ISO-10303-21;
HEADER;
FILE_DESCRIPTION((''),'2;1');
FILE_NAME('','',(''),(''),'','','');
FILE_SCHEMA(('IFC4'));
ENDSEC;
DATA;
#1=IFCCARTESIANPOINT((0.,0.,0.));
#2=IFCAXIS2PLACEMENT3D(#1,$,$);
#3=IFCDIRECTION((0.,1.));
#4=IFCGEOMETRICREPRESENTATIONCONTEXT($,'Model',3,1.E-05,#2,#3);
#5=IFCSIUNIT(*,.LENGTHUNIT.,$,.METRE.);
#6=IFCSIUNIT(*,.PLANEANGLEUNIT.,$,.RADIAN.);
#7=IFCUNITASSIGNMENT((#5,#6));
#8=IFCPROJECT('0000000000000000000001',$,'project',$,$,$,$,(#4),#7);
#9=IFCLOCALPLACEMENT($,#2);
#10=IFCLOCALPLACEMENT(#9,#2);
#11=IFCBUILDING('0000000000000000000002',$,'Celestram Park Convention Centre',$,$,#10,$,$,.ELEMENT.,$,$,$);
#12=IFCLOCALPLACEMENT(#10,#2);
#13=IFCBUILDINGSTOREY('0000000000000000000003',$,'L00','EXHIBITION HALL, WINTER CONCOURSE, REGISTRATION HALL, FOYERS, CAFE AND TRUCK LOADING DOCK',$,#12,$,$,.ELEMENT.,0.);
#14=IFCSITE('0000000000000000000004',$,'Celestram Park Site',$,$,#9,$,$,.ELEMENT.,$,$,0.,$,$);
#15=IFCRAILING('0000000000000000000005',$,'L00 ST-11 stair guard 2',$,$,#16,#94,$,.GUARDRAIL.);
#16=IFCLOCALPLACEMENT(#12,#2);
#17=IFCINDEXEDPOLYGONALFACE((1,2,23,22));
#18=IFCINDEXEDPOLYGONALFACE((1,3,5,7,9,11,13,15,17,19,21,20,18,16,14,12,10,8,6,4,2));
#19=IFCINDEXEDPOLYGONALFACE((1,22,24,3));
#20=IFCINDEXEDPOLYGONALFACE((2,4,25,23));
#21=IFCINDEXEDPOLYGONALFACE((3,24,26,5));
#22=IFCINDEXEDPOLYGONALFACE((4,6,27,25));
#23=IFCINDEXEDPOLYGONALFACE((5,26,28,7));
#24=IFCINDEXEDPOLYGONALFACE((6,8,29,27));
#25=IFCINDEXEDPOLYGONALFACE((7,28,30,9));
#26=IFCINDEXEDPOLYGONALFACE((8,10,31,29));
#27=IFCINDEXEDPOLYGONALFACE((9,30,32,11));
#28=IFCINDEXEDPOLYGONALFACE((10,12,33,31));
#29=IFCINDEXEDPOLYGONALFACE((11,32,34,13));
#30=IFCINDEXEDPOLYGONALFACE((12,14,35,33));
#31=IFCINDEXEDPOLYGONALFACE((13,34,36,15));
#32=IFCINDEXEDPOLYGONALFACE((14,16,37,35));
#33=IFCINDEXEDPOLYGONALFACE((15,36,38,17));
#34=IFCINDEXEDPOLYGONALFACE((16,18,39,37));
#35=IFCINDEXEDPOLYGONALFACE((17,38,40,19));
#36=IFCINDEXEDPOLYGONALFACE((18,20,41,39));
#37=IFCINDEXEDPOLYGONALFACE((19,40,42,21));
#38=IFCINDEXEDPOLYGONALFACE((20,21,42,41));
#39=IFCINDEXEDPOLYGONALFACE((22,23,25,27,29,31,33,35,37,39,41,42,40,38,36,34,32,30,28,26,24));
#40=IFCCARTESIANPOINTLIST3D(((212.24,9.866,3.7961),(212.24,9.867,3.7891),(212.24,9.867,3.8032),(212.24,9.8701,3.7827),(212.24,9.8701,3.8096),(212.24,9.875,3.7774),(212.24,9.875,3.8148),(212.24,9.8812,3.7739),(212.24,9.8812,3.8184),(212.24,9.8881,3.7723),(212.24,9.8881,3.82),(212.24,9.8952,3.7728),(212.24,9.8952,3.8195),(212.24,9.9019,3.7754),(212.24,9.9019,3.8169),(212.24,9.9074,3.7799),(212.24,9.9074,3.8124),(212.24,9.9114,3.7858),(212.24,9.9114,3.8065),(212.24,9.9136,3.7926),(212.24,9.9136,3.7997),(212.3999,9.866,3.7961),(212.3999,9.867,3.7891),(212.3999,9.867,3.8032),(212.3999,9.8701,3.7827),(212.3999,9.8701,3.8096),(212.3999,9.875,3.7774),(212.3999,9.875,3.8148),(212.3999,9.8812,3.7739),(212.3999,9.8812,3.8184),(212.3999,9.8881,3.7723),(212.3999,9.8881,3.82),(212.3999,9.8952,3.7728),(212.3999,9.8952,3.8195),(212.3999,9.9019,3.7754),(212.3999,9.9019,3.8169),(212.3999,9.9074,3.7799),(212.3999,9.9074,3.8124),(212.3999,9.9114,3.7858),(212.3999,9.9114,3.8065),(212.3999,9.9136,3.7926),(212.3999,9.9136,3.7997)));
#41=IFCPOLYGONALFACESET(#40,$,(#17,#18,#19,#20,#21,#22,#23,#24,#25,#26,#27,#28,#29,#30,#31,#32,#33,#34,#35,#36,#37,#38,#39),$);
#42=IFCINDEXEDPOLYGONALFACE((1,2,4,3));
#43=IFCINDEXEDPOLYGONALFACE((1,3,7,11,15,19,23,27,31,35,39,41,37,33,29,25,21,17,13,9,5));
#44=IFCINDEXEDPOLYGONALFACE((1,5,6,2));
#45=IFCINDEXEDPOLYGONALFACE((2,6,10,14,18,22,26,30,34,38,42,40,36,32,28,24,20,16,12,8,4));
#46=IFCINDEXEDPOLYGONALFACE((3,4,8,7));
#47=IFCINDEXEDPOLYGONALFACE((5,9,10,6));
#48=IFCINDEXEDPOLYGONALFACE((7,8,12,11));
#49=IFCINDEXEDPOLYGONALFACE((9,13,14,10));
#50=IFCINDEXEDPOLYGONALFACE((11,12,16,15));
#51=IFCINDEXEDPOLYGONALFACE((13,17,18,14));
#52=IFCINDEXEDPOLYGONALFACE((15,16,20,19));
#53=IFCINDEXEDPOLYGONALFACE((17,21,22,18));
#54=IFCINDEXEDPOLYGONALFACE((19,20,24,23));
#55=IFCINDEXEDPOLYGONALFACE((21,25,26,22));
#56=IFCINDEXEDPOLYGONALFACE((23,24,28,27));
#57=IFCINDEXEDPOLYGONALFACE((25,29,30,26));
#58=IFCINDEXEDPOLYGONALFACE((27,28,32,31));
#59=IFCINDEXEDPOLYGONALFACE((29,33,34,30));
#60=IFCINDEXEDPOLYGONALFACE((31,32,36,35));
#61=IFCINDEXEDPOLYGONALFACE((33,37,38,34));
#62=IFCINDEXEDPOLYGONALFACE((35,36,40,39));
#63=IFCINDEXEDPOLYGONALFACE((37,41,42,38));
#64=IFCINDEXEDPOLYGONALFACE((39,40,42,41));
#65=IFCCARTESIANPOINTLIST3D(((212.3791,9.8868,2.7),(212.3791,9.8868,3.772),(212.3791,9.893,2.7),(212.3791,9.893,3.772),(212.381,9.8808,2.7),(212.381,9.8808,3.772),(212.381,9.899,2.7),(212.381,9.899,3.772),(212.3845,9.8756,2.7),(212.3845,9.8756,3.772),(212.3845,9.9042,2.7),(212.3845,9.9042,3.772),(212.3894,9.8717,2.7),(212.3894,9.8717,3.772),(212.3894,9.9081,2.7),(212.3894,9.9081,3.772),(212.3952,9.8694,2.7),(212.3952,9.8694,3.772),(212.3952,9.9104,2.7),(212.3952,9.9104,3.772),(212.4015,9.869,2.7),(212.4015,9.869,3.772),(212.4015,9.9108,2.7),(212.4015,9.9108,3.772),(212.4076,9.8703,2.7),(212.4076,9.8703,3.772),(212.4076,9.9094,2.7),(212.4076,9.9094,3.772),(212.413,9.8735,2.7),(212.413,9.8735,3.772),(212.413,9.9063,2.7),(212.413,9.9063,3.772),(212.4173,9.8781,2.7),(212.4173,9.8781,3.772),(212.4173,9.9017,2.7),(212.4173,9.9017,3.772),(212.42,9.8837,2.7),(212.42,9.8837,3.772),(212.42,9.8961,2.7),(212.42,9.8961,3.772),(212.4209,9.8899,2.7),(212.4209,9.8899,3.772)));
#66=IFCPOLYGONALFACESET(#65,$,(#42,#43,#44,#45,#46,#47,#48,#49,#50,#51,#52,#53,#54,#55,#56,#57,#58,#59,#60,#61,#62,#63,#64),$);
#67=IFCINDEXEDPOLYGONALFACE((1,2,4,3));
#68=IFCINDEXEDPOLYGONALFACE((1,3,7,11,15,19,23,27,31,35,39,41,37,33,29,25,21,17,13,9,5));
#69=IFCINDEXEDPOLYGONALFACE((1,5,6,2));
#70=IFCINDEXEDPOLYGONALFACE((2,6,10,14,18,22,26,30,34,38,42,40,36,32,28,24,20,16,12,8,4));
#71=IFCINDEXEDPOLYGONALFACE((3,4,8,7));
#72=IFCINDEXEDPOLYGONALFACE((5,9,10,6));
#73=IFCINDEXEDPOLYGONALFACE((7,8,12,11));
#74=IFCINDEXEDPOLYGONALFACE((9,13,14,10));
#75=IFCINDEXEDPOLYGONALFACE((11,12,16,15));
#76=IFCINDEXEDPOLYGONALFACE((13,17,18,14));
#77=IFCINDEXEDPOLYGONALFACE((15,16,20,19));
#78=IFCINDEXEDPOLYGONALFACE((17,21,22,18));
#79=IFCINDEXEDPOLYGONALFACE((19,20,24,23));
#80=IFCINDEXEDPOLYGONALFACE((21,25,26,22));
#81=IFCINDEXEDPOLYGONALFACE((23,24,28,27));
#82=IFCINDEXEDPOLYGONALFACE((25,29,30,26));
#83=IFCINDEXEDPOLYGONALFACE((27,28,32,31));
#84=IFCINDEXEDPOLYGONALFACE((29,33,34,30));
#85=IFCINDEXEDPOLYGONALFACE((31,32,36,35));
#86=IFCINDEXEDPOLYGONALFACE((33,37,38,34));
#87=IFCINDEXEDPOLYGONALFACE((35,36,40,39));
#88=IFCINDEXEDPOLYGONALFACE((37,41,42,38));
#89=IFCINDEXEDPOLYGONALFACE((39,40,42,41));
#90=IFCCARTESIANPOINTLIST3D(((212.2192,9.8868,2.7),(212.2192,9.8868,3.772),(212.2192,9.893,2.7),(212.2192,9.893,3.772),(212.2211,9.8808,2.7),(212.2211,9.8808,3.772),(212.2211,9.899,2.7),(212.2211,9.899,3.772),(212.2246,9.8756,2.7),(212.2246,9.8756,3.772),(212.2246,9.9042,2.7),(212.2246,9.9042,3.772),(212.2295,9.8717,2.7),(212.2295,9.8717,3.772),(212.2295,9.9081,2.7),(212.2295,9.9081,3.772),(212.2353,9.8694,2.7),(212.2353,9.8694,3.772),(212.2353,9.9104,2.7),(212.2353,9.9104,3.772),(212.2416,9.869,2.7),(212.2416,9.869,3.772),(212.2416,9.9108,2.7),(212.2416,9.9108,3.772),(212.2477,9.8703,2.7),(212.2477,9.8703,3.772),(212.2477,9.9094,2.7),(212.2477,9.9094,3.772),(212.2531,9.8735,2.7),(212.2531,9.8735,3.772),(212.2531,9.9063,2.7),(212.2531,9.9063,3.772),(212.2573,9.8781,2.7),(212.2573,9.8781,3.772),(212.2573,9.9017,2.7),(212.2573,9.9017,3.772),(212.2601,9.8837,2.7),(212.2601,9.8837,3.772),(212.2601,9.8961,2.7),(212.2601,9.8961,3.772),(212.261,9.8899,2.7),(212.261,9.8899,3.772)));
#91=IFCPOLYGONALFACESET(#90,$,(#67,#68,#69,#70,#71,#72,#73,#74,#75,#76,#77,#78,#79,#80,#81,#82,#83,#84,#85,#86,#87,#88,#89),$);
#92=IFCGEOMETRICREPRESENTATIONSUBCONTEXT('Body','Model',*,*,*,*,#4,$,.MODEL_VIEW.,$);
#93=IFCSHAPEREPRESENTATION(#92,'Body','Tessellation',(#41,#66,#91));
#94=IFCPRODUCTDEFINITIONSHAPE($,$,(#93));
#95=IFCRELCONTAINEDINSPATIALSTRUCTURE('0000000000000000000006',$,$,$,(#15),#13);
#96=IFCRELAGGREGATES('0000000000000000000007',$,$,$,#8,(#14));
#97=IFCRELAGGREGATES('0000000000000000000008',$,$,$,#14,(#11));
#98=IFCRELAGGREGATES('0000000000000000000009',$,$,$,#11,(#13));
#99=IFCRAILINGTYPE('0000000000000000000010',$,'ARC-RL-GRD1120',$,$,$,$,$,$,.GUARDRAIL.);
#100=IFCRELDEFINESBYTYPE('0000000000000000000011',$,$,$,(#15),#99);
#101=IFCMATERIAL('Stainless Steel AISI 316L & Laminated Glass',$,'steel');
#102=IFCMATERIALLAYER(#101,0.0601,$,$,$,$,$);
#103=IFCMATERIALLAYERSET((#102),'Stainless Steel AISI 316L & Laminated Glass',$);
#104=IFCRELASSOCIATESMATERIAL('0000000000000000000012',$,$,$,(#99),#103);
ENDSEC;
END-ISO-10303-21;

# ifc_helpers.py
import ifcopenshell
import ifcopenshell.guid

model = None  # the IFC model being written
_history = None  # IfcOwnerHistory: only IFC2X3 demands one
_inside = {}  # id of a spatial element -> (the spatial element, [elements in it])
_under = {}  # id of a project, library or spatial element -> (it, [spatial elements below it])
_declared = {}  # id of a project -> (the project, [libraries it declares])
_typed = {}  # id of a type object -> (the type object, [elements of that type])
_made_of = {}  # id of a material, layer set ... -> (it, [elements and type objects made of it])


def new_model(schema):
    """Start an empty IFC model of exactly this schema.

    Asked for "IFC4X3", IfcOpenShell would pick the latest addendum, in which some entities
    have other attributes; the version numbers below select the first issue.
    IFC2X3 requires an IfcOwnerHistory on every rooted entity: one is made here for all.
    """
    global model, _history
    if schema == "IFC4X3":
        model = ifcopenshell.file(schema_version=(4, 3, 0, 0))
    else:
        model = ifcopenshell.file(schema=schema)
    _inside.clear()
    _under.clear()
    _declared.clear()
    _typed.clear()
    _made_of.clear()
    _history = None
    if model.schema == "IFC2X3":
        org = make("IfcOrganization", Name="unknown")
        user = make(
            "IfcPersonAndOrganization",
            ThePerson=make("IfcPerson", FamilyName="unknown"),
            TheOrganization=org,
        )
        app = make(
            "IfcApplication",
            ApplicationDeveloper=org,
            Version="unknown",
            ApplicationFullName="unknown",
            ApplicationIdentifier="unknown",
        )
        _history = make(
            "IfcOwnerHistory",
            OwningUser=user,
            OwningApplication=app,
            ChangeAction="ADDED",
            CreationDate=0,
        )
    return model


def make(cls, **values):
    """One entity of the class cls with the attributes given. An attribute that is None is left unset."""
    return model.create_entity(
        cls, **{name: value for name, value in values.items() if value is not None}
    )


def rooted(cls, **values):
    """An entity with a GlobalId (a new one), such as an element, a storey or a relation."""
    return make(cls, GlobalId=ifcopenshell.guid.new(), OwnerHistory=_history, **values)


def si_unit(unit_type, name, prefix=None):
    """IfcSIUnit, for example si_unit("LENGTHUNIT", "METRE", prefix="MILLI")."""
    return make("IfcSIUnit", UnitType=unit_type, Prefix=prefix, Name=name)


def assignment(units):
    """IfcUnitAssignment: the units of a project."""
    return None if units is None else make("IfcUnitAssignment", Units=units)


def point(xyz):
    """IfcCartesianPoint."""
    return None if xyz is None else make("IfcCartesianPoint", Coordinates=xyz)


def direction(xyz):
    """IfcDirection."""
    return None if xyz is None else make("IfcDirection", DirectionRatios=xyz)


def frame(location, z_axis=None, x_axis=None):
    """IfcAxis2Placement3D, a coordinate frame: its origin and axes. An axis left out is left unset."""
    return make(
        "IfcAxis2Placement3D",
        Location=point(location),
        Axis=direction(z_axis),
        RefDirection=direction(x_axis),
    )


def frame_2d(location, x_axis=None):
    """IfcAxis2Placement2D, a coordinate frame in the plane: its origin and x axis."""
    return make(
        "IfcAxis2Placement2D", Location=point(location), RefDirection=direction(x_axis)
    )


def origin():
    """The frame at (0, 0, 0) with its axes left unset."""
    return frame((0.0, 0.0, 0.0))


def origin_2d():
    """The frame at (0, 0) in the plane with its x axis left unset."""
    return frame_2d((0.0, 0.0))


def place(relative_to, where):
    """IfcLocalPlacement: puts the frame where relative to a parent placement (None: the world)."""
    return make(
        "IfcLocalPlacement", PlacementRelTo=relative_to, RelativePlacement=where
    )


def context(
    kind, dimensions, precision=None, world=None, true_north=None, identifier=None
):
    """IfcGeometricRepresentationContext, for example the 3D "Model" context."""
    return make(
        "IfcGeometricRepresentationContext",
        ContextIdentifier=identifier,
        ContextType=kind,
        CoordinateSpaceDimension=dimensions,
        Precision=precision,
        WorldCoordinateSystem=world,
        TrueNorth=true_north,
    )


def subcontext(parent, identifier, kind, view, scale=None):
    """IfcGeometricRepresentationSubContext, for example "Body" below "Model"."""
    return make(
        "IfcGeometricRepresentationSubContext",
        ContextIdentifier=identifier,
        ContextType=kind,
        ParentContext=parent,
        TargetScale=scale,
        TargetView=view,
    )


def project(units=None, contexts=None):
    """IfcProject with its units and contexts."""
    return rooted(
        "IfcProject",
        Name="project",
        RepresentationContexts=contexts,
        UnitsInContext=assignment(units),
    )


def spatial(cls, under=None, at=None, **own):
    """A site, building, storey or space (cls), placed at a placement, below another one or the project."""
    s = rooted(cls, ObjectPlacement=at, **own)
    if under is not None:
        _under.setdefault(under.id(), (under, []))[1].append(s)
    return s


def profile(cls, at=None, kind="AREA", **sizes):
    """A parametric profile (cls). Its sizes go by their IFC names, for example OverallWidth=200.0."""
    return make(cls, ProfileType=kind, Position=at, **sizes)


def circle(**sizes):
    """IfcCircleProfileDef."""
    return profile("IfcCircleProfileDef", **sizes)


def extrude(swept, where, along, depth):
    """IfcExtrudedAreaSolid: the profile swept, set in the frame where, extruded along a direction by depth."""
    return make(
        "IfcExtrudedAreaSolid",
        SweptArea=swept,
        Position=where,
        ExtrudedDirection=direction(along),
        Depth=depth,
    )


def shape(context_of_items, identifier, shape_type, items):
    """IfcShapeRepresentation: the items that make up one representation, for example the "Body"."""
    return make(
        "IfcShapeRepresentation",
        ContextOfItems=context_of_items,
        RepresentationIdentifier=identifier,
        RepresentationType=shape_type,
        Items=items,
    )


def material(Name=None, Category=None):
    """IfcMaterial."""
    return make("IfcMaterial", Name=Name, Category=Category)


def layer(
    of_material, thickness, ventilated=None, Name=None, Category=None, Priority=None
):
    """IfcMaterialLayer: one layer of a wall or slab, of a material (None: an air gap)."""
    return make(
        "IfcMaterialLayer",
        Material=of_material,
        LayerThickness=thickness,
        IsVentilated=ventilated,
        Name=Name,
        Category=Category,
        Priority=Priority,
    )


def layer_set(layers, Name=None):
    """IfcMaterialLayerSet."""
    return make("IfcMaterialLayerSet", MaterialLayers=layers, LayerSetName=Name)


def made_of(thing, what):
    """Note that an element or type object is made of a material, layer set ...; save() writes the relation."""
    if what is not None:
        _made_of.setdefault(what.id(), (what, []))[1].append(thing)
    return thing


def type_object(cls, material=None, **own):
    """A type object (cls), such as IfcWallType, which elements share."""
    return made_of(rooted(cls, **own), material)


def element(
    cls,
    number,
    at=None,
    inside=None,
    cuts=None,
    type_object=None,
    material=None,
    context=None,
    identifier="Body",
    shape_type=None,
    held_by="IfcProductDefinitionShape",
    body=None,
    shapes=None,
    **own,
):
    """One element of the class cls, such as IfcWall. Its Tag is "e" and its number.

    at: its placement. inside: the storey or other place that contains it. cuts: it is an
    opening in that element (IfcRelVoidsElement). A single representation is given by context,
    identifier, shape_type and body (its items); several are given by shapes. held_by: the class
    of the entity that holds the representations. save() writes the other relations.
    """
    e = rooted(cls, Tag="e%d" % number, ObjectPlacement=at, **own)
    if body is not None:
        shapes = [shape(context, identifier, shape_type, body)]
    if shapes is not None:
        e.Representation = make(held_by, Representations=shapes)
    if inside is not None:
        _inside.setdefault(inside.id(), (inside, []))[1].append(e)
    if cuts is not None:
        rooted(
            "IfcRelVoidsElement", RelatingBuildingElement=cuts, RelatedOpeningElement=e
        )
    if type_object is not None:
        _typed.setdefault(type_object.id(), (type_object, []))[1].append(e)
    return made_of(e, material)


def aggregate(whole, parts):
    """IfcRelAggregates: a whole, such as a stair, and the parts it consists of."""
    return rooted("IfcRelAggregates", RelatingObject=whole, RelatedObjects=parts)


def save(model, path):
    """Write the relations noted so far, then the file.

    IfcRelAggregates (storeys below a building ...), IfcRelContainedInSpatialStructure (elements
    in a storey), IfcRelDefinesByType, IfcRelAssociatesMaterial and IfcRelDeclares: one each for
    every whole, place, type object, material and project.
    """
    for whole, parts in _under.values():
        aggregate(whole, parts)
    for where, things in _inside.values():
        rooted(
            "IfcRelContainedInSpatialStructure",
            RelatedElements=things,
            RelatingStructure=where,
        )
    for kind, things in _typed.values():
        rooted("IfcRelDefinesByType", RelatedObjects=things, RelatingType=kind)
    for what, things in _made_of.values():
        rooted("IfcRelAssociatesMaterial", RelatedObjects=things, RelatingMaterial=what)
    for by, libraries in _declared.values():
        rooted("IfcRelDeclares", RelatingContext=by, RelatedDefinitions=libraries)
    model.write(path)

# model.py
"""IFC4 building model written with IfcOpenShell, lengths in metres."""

from ifc_helpers import new_model, si_unit, direction, frame, origin, origin_2d, place, context, subcontext, project, spatial, circle, extrude, material, layer, layer_set, type_object, element, save


model = new_model("IFC4")

# Units and contexts
model_context = context("Model", 3, precision=1e-05, world=origin(), true_north=direction((0.0, 1.0)))
body_context = subcontext(model_context, "Body", "Model", "MODEL_VIEW")
ifc_project = project(units=[si_unit("LENGTHUNIT", "METRE"), si_unit("PLANEANGLEUNIT", "RADIAN")], contexts=[model_context])

# Site, building, storey
site_placement = place(None, origin())
site = spatial("IfcSite", under=ifc_project, at=site_placement, Name="Celestram Park Site", CompositionType="ELEMENT", RefElevation=0.0)
building_placement = place(site_placement, origin())
building = spatial("IfcBuilding", under=site, at=building_placement, Name="Celestram Park Convention Centre", CompositionType="ELEMENT")
storey_placement = place(building_placement, origin())
storey = spatial("IfcBuildingStorey", under=building, at=storey_placement, Name="L00", Description="EXHIBITION HALL, WINTER CONCOURSE, REGISTRATION HALL, FOYERS, CAFE AND TRUCK LOADING DOCK", CompositionType="ELEMENT", Elevation=0.0)

# Railing
ifc_material_1 = material(Name="Stainless Steel AISI 316L & Laminated Glass", Category="steel")
ifc_layer_1 = layer(ifc_material_1, 0.0601)
ifc_layer_set_1 = layer_set([ifc_layer_1], Name="Stainless Steel AISI 316L & Laminated Glass")
railing_type = type_object("IfcRailingType", Name="ARC-RL-GRD1120", PredefinedType="GUARDRAIL", material=ifc_layer_set_1)
railing_1_placement = place(storey_placement, frame((212.3999, 9.8899, 2.7)))
element("IfcRailing", 1, at=railing_1_placement, inside=storey, type_object=railing_type, Name="L00 ST-11 stair guard 2", PredefinedType="GUARDRAIL", context=body_context, shape_type="SweptSolid", body=[
    extrude(circle(Radius=0.0239, at=origin_2d()), frame((0.0, 0.0, 1.0962), z_axis=(-1.0, 0.0, 0.0), x_axis=(0.0, -1.0, 0.0)), (0.0, 0.0, 1.0), 0.1599),
    extrude(circle(Radius=0.021, at=origin_2d()), origin(), (0.0, 0.0, 1.0), 1.072),
    extrude(circle(Radius=0.021, at=origin_2d()), frame((-0.1599, 0.0, 0.0)), (0.0, 0.0, 1.0), 1.072),
])

save(model, "model.ifc")
